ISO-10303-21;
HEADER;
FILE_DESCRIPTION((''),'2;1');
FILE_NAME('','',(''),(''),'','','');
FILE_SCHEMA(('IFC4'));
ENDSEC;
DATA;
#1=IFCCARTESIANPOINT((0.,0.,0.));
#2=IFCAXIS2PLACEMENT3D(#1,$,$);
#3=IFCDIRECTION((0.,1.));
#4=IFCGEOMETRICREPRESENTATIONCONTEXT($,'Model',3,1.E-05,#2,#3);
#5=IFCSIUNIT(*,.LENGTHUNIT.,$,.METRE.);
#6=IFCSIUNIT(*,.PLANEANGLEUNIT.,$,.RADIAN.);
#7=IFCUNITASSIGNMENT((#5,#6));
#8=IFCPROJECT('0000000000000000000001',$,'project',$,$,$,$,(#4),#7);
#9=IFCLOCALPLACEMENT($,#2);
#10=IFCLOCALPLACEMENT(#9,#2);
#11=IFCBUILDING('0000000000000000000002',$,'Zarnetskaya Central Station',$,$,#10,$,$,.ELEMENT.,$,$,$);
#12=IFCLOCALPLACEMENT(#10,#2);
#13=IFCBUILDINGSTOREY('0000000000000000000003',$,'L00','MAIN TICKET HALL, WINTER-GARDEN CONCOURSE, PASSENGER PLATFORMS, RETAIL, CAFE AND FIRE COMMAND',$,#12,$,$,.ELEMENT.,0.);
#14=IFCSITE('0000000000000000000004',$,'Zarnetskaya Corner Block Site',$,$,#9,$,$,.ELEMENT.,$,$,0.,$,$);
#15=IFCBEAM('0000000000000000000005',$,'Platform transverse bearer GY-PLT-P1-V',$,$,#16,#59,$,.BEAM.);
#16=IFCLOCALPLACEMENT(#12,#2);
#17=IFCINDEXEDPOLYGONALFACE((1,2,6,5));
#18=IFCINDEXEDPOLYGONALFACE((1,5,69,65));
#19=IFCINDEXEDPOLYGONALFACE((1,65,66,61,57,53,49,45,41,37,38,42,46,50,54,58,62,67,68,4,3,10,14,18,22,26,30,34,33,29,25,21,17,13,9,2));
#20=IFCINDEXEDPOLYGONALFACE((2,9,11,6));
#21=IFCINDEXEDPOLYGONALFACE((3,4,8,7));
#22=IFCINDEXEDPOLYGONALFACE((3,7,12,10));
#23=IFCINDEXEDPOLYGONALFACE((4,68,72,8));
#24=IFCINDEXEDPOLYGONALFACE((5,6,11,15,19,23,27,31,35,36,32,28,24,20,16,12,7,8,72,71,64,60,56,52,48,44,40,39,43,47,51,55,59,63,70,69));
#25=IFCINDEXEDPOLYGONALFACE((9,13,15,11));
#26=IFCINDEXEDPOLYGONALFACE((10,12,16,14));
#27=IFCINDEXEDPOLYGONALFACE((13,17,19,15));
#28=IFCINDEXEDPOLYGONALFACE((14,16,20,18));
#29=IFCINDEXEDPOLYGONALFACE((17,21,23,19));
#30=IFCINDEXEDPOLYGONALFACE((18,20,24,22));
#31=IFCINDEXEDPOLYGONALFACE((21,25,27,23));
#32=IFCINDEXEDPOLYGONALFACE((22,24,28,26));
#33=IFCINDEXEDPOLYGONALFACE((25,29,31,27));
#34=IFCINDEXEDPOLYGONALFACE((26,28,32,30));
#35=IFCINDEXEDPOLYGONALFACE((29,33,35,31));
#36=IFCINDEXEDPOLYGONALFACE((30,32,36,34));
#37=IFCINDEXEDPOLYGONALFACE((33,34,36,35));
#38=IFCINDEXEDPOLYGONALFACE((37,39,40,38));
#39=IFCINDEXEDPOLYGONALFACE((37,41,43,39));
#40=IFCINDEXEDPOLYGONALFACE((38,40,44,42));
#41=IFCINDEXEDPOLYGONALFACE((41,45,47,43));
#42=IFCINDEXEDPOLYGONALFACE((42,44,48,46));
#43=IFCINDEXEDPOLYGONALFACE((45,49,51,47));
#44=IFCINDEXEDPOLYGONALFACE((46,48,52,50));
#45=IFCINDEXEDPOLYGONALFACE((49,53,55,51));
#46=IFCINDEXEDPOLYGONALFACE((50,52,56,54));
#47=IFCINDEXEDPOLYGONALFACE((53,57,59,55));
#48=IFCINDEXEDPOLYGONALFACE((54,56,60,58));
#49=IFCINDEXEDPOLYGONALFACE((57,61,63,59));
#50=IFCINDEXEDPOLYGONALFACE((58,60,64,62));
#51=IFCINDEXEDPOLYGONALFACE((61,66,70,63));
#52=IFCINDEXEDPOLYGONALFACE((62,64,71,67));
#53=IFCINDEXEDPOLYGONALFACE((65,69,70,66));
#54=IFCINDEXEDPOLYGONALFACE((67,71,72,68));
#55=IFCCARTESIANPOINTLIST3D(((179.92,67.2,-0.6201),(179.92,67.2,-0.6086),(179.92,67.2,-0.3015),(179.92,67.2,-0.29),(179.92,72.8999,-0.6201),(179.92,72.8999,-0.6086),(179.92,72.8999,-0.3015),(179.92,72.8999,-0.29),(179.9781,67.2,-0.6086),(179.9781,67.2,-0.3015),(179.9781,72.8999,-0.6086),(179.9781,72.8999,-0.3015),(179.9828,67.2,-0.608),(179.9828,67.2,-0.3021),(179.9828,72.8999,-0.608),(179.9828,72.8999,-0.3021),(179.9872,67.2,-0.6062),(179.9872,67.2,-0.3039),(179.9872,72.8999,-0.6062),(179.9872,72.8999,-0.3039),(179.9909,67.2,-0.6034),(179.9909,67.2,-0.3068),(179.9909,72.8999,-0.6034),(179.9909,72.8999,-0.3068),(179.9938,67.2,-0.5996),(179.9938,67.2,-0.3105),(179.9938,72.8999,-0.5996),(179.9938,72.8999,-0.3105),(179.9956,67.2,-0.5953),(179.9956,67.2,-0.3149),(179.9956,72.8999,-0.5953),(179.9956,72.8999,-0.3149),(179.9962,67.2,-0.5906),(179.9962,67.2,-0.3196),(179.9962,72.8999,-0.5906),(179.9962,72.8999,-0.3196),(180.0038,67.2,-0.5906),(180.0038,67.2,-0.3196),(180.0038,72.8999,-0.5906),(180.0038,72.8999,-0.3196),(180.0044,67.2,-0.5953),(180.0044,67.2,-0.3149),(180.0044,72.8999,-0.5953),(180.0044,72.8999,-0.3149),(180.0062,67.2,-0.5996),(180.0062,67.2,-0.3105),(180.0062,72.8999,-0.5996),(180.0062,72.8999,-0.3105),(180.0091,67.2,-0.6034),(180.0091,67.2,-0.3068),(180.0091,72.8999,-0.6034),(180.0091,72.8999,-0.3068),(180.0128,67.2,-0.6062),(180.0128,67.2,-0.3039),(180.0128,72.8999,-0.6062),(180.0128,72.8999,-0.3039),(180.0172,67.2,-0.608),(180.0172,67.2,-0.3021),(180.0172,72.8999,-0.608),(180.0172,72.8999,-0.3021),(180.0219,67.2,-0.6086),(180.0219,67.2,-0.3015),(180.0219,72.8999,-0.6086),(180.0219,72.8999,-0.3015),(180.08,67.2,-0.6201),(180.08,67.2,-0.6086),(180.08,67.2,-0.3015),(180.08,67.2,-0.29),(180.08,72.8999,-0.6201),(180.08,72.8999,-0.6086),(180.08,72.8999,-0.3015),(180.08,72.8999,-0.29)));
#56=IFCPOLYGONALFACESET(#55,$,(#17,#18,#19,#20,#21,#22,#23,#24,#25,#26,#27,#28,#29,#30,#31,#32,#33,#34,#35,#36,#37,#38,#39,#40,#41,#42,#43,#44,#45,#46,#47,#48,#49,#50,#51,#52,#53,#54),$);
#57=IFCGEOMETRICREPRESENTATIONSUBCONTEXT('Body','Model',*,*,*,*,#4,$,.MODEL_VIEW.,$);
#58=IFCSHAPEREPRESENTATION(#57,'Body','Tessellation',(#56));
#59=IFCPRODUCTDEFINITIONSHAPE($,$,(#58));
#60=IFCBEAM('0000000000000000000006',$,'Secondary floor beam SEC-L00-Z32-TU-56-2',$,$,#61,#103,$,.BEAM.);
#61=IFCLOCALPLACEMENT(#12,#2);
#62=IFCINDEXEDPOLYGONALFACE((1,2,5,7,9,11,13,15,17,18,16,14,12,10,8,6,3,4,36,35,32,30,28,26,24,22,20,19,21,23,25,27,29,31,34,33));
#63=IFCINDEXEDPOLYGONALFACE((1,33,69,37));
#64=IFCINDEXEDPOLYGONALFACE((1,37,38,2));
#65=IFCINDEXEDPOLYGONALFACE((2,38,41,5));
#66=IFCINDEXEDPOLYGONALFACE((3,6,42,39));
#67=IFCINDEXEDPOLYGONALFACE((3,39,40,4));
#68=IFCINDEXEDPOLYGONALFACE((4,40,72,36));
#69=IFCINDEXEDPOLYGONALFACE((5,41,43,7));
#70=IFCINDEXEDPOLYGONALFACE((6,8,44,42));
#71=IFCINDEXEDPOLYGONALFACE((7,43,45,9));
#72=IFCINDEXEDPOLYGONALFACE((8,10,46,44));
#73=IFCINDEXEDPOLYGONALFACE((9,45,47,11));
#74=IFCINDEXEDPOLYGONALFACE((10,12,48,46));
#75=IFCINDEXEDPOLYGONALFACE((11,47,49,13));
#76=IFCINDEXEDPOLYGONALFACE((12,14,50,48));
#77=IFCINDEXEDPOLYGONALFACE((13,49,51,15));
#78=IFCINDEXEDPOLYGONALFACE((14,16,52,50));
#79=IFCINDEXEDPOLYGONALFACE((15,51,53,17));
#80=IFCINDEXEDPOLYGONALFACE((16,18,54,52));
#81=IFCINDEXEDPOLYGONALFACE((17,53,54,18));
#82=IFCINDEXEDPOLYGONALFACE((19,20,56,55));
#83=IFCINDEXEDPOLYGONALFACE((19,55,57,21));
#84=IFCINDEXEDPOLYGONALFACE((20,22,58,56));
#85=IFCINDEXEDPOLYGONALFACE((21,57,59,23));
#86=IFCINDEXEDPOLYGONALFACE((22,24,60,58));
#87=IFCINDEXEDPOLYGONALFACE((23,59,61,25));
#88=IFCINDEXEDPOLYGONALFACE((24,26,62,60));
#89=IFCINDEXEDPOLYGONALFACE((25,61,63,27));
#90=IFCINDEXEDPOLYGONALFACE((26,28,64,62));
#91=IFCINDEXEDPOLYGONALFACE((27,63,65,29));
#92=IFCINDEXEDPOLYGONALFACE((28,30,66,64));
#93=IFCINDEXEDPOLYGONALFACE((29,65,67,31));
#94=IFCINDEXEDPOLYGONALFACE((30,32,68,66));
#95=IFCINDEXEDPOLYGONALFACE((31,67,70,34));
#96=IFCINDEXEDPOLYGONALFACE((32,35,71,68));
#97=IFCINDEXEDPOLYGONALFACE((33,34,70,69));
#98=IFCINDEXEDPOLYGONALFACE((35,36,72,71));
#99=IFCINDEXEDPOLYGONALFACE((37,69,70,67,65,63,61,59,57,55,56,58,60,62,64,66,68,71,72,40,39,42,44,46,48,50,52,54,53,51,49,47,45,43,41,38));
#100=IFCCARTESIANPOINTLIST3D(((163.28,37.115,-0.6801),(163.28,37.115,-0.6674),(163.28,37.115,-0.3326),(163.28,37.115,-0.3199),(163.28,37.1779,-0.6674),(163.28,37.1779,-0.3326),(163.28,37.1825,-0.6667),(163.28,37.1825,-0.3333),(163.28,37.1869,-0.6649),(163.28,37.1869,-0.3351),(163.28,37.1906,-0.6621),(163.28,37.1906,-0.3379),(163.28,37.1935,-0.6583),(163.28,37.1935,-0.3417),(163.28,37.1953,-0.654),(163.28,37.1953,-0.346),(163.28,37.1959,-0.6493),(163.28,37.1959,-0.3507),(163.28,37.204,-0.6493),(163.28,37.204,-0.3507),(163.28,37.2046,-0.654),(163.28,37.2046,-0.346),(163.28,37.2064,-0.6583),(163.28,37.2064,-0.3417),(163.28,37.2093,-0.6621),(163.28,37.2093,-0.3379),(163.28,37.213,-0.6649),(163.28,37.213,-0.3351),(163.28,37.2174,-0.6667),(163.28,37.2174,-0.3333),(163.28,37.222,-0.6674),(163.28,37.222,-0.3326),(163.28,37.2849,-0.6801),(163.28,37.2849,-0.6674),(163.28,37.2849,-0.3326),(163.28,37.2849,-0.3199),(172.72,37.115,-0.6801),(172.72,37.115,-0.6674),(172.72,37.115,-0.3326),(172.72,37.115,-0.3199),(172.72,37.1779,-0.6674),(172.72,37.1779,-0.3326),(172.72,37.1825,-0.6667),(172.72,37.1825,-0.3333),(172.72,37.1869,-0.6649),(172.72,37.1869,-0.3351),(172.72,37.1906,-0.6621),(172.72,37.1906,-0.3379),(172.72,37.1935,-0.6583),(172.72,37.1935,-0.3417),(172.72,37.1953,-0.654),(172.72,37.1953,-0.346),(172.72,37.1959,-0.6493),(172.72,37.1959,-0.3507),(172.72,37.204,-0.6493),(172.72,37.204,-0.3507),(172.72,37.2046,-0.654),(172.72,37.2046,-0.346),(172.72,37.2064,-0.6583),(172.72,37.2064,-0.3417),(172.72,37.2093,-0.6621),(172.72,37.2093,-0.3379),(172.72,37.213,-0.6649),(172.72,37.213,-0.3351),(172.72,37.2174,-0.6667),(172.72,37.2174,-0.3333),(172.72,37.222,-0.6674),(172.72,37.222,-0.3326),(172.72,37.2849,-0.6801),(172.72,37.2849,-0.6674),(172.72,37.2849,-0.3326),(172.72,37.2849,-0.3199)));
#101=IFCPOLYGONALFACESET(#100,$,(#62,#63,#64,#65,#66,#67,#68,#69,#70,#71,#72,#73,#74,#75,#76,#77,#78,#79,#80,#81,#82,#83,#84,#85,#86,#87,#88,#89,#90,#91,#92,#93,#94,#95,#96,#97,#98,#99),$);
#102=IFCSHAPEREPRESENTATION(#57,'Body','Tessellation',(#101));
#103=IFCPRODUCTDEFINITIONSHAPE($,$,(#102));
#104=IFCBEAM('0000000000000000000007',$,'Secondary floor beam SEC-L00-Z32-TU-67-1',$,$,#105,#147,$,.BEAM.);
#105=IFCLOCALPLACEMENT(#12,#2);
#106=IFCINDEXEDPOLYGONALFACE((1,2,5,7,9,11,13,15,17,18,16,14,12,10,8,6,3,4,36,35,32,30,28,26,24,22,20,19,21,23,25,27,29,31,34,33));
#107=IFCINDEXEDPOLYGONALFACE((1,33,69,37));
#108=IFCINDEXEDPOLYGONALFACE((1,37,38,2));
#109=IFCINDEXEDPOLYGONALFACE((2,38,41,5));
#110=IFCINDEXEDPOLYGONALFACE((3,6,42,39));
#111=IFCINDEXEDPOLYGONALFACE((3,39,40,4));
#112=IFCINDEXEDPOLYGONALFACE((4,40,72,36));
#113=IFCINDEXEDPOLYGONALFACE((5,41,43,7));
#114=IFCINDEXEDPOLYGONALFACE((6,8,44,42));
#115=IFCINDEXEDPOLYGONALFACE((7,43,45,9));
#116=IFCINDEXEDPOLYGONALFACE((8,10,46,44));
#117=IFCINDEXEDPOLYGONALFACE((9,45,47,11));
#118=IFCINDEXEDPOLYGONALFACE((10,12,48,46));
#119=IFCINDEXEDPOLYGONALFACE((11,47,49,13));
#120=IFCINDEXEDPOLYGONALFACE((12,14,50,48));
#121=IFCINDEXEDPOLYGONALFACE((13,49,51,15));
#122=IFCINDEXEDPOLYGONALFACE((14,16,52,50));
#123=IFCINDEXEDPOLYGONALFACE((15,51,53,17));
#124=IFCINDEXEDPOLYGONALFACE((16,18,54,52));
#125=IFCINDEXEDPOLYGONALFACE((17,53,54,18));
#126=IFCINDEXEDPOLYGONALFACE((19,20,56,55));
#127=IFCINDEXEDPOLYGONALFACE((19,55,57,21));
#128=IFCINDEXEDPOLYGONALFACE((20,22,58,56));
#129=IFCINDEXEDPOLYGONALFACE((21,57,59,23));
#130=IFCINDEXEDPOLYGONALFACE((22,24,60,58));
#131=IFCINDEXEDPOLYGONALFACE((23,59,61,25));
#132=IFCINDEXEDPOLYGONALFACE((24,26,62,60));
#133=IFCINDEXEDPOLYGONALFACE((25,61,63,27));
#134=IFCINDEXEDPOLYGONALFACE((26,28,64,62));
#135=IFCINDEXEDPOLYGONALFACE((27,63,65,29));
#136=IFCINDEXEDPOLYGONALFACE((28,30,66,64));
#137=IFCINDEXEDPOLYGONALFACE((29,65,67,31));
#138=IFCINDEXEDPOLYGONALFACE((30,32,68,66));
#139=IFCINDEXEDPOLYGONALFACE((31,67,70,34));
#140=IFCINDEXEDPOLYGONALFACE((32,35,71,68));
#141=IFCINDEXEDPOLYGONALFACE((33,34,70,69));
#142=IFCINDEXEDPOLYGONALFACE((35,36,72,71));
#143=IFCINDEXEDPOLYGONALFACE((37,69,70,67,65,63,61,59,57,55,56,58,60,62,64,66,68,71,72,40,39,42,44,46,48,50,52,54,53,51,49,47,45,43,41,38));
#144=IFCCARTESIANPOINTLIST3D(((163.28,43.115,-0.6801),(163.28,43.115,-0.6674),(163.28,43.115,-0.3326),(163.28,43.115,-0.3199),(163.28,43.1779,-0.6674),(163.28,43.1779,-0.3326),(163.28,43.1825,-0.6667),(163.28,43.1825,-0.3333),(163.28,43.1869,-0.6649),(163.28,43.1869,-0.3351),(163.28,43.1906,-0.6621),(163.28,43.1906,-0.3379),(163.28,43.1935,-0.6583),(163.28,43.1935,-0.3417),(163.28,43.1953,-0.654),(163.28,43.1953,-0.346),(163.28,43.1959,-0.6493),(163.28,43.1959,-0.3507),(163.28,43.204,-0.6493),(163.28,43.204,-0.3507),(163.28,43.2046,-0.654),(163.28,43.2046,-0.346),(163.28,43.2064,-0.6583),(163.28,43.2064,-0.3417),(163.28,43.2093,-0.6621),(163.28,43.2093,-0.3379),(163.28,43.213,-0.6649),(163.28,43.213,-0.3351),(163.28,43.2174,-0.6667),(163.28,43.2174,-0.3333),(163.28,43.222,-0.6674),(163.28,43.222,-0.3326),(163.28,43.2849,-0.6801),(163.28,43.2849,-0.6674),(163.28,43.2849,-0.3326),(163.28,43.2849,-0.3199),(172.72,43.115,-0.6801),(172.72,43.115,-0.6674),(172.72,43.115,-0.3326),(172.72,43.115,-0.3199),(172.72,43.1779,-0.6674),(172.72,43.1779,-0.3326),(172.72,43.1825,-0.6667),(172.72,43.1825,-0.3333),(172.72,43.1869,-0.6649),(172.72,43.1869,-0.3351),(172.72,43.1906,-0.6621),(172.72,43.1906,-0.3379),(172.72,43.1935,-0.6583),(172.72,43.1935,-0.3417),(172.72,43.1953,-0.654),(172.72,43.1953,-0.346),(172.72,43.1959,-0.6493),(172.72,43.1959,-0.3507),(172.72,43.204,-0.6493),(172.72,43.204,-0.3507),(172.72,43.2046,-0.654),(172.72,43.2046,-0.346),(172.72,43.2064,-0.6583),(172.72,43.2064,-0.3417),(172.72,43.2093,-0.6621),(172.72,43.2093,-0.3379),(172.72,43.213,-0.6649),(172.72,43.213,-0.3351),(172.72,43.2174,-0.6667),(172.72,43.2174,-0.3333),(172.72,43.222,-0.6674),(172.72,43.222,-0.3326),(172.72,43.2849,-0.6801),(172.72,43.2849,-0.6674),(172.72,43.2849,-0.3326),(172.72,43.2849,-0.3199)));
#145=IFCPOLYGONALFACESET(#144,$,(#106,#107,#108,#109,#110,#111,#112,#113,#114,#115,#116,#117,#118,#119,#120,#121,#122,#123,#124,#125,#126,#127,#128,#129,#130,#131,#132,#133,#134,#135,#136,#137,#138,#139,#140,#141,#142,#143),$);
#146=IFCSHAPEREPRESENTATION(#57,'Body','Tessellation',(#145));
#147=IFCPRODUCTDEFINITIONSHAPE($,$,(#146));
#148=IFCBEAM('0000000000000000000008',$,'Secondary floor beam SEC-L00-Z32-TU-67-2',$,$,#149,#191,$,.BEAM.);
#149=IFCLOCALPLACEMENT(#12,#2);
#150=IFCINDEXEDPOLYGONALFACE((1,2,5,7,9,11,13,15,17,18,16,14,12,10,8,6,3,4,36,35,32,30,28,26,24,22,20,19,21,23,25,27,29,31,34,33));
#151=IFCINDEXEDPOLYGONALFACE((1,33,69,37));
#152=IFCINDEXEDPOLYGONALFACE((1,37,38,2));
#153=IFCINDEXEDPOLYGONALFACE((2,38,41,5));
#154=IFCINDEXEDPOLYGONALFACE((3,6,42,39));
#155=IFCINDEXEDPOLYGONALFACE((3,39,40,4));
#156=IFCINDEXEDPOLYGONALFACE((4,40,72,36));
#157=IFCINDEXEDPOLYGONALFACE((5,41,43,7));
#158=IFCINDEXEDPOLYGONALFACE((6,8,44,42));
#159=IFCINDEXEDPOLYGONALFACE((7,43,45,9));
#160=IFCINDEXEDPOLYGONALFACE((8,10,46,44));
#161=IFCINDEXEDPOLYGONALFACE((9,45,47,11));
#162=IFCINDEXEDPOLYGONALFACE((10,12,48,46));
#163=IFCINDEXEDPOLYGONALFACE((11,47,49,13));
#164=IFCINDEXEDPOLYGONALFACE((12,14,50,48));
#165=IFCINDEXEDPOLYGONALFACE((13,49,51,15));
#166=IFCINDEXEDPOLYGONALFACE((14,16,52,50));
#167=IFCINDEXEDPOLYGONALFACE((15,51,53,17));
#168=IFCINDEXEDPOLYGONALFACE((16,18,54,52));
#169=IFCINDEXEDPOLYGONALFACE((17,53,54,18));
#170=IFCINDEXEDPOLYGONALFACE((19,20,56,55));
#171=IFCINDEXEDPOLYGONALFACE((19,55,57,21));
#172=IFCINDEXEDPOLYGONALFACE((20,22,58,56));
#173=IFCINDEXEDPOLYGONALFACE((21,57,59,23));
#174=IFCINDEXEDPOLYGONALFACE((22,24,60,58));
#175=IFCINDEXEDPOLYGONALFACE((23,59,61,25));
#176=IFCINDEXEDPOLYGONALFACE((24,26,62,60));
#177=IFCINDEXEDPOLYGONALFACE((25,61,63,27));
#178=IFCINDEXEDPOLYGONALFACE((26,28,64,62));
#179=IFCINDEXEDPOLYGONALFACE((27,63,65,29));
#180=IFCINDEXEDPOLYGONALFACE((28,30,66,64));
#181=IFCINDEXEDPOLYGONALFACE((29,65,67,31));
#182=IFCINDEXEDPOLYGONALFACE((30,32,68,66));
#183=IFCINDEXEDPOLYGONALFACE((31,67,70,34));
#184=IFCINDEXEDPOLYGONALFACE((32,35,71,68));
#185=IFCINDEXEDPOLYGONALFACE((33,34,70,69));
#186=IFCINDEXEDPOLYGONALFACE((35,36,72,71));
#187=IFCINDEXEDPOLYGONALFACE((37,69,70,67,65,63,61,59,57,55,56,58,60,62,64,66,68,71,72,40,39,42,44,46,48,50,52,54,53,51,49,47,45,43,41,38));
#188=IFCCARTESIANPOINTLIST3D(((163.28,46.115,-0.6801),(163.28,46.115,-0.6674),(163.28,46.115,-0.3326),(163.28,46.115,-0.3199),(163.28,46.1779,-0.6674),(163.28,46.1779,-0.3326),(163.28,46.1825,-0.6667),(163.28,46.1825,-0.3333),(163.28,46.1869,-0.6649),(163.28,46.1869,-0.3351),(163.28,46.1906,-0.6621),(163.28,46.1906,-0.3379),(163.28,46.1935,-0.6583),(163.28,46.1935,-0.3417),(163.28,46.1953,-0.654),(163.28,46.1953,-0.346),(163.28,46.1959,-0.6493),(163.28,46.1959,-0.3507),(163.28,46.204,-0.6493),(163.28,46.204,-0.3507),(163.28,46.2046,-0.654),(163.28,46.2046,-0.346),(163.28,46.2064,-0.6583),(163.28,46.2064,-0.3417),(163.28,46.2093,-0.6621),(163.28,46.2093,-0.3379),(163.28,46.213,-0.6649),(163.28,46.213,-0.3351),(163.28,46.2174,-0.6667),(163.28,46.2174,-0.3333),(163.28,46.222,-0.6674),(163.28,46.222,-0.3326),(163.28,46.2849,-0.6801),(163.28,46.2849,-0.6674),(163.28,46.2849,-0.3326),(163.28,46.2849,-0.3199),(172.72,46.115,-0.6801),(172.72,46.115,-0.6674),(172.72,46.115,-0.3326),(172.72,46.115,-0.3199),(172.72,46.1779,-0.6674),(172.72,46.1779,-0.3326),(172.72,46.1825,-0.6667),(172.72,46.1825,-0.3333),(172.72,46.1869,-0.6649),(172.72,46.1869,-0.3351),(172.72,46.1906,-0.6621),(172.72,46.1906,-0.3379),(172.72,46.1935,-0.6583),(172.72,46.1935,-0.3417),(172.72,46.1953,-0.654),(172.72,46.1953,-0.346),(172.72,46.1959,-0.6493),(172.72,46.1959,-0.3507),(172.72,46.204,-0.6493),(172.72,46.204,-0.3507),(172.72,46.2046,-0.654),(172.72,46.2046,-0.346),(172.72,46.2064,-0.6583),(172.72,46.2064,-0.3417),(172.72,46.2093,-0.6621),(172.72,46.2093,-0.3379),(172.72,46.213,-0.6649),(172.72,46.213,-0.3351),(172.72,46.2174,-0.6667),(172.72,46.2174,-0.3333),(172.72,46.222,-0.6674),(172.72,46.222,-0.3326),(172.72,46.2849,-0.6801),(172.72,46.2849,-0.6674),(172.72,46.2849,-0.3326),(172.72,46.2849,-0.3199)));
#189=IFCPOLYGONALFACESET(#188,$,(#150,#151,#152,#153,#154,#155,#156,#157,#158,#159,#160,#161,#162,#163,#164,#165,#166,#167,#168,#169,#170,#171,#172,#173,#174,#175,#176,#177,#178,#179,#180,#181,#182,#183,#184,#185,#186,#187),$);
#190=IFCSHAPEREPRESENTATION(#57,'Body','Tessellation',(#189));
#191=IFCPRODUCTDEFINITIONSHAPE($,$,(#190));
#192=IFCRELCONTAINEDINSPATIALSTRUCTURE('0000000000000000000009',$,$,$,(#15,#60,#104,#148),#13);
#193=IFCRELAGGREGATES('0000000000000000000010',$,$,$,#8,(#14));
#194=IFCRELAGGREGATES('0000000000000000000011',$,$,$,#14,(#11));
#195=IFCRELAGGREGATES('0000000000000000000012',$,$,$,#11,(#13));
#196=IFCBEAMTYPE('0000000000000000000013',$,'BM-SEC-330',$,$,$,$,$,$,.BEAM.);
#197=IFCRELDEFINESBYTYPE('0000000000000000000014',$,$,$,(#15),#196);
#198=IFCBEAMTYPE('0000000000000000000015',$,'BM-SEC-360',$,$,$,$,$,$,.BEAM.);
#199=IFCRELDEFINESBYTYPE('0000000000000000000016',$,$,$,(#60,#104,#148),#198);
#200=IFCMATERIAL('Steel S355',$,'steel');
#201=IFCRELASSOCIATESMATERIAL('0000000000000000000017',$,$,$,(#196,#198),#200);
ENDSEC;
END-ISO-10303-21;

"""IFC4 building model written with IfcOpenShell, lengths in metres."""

from ifc_helpers import new_model, si_unit, direction, frame, origin, origin_2d, place, context, subcontext, project, spatial, i_section, extrude, material, material_profile, profile_set, type_object, element, save


model = new_model("IFC4")

# Units and contexts
model_context = context("Model", 3, precision=1e-05, world=origin(), true_north=direction((0.0, 1.0)))
body_context = subcontext(model_context, "Body", "Model", "MODEL_VIEW")
ifc_project = project(units=[si_unit("LENGTHUNIT", "METRE"), si_unit("PLANEANGLEUNIT", "RADIAN")], contexts=[model_context])

# Site, building, storey
site_placement = place(None, origin())
site = spatial("IfcSite", under=ifc_project, at=site_placement, Name="Zarnetskaya Corner Block Site", CompositionType="ELEMENT", RefElevation=0.0)
building_placement = place(site_placement, origin())
building = spatial("IfcBuilding", under=site, at=building_placement, Name="Zarnetskaya Central Station", CompositionType="ELEMENT")
storey_placement = place(building_placement, origin())
storey = spatial("IfcBuildingStorey", under=building, at=storey_placement, Name="L00", Description="MAIN TICKET HALL, WINTER-GARDEN CONCOURSE, PASSENGER PLATFORMS, RETAIL, CAFE AND FIRE COMMAND", CompositionType="ELEMENT", Elevation=0.0)

# Shared definitions
ifc_material_1 = material(Name="Steel S355", Category="steel")

# Beams
ifc_material_profile_1 = material_profile(ifc_material_1, i_section(OverallWidth=0.1599, OverallDepth=0.3301, WebThickness=0.0076, FlangeThickness=0.0115, FilletRadius=0.0181, at=origin_2d()), Name="IPE 330")
ifc_profile_set_1 = profile_set([ifc_material_profile_1], Name="Steel S355")
beam_type_1 = type_object("IfcBeamType", Name="BM-SEC-330", PredefinedType="BEAM", material=ifc_profile_set_1)
for number, where, z_axis, x_axis, name in (
    (1, (180.0, 67.2, -0.4551), (0.0, 1.0, 0.0), (-1.0, 0.0, 0.0), "Platform transverse bearer GY-PLT-P1-V"),
):
    element("IfcBeam", number, at=place(storey_placement, frame(where, z_axis=z_axis, x_axis=x_axis)), inside=storey, type_object=beam_type_1, Name=name, PredefinedType="BEAM", context=body_context, shape_type="SweptSolid", body=[
        extrude(i_section(OverallWidth=0.1599, OverallDepth=0.3301, WebThickness=0.0076, FlangeThickness=0.0115, FilletRadius=0.0181, at=origin_2d()), origin(), (0.0, 0.0, 1.0), 5.7),
    ])
ifc_material_profile_2 = material_profile(ifc_material_1, i_section(OverallWidth=0.1699, OverallDepth=0.3601, WebThickness=0.0081, FlangeThickness=0.0127, FilletRadius=0.0181, at=origin_2d()), Name="IPE 360")
ifc_profile_set_2 = profile_set([ifc_material_profile_2], Name="Steel S355")
beam_type_2 = type_object("IfcBeamType", Name="BM-SEC-360", PredefinedType="BEAM", material=ifc_profile_set_2)
for number, where, z_axis, x_axis, name in (
    (2, (163.28, 37.2, -0.5), (1.0, 0.0, 0.0), (0.0, 1.0, 0.0), "Secondary floor beam SEC-L00-Z32-TU-56-2"),
    (3, (163.28, 43.2, -0.5), (1.0, 0.0, 0.0), (0.0, 1.0, 0.0), "Secondary floor beam SEC-L00-Z32-TU-67-1"),
    (4, (163.28, 46.2, -0.5), (1.0, 0.0, 0.0), (0.0, 1.0, 0.0), "Secondary floor beam SEC-L00-Z32-TU-67-2"),
):
    element("IfcBeam", number, at=place(storey_placement, frame(where, z_axis=z_axis, x_axis=x_axis)), inside=storey, type_object=beam_type_2, Name=name, PredefinedType="BEAM", context=body_context, shape_type="SweptSolid", body=[
        extrude(i_section(OverallWidth=0.1699, OverallDepth=0.3601, WebThickness=0.0081, FlangeThickness=0.0127, FilletRadius=0.0181, at=origin_2d()), origin(), (0.0, 0.0, 1.0), 9.4399),
    ])

save(model, "model.ifc")
